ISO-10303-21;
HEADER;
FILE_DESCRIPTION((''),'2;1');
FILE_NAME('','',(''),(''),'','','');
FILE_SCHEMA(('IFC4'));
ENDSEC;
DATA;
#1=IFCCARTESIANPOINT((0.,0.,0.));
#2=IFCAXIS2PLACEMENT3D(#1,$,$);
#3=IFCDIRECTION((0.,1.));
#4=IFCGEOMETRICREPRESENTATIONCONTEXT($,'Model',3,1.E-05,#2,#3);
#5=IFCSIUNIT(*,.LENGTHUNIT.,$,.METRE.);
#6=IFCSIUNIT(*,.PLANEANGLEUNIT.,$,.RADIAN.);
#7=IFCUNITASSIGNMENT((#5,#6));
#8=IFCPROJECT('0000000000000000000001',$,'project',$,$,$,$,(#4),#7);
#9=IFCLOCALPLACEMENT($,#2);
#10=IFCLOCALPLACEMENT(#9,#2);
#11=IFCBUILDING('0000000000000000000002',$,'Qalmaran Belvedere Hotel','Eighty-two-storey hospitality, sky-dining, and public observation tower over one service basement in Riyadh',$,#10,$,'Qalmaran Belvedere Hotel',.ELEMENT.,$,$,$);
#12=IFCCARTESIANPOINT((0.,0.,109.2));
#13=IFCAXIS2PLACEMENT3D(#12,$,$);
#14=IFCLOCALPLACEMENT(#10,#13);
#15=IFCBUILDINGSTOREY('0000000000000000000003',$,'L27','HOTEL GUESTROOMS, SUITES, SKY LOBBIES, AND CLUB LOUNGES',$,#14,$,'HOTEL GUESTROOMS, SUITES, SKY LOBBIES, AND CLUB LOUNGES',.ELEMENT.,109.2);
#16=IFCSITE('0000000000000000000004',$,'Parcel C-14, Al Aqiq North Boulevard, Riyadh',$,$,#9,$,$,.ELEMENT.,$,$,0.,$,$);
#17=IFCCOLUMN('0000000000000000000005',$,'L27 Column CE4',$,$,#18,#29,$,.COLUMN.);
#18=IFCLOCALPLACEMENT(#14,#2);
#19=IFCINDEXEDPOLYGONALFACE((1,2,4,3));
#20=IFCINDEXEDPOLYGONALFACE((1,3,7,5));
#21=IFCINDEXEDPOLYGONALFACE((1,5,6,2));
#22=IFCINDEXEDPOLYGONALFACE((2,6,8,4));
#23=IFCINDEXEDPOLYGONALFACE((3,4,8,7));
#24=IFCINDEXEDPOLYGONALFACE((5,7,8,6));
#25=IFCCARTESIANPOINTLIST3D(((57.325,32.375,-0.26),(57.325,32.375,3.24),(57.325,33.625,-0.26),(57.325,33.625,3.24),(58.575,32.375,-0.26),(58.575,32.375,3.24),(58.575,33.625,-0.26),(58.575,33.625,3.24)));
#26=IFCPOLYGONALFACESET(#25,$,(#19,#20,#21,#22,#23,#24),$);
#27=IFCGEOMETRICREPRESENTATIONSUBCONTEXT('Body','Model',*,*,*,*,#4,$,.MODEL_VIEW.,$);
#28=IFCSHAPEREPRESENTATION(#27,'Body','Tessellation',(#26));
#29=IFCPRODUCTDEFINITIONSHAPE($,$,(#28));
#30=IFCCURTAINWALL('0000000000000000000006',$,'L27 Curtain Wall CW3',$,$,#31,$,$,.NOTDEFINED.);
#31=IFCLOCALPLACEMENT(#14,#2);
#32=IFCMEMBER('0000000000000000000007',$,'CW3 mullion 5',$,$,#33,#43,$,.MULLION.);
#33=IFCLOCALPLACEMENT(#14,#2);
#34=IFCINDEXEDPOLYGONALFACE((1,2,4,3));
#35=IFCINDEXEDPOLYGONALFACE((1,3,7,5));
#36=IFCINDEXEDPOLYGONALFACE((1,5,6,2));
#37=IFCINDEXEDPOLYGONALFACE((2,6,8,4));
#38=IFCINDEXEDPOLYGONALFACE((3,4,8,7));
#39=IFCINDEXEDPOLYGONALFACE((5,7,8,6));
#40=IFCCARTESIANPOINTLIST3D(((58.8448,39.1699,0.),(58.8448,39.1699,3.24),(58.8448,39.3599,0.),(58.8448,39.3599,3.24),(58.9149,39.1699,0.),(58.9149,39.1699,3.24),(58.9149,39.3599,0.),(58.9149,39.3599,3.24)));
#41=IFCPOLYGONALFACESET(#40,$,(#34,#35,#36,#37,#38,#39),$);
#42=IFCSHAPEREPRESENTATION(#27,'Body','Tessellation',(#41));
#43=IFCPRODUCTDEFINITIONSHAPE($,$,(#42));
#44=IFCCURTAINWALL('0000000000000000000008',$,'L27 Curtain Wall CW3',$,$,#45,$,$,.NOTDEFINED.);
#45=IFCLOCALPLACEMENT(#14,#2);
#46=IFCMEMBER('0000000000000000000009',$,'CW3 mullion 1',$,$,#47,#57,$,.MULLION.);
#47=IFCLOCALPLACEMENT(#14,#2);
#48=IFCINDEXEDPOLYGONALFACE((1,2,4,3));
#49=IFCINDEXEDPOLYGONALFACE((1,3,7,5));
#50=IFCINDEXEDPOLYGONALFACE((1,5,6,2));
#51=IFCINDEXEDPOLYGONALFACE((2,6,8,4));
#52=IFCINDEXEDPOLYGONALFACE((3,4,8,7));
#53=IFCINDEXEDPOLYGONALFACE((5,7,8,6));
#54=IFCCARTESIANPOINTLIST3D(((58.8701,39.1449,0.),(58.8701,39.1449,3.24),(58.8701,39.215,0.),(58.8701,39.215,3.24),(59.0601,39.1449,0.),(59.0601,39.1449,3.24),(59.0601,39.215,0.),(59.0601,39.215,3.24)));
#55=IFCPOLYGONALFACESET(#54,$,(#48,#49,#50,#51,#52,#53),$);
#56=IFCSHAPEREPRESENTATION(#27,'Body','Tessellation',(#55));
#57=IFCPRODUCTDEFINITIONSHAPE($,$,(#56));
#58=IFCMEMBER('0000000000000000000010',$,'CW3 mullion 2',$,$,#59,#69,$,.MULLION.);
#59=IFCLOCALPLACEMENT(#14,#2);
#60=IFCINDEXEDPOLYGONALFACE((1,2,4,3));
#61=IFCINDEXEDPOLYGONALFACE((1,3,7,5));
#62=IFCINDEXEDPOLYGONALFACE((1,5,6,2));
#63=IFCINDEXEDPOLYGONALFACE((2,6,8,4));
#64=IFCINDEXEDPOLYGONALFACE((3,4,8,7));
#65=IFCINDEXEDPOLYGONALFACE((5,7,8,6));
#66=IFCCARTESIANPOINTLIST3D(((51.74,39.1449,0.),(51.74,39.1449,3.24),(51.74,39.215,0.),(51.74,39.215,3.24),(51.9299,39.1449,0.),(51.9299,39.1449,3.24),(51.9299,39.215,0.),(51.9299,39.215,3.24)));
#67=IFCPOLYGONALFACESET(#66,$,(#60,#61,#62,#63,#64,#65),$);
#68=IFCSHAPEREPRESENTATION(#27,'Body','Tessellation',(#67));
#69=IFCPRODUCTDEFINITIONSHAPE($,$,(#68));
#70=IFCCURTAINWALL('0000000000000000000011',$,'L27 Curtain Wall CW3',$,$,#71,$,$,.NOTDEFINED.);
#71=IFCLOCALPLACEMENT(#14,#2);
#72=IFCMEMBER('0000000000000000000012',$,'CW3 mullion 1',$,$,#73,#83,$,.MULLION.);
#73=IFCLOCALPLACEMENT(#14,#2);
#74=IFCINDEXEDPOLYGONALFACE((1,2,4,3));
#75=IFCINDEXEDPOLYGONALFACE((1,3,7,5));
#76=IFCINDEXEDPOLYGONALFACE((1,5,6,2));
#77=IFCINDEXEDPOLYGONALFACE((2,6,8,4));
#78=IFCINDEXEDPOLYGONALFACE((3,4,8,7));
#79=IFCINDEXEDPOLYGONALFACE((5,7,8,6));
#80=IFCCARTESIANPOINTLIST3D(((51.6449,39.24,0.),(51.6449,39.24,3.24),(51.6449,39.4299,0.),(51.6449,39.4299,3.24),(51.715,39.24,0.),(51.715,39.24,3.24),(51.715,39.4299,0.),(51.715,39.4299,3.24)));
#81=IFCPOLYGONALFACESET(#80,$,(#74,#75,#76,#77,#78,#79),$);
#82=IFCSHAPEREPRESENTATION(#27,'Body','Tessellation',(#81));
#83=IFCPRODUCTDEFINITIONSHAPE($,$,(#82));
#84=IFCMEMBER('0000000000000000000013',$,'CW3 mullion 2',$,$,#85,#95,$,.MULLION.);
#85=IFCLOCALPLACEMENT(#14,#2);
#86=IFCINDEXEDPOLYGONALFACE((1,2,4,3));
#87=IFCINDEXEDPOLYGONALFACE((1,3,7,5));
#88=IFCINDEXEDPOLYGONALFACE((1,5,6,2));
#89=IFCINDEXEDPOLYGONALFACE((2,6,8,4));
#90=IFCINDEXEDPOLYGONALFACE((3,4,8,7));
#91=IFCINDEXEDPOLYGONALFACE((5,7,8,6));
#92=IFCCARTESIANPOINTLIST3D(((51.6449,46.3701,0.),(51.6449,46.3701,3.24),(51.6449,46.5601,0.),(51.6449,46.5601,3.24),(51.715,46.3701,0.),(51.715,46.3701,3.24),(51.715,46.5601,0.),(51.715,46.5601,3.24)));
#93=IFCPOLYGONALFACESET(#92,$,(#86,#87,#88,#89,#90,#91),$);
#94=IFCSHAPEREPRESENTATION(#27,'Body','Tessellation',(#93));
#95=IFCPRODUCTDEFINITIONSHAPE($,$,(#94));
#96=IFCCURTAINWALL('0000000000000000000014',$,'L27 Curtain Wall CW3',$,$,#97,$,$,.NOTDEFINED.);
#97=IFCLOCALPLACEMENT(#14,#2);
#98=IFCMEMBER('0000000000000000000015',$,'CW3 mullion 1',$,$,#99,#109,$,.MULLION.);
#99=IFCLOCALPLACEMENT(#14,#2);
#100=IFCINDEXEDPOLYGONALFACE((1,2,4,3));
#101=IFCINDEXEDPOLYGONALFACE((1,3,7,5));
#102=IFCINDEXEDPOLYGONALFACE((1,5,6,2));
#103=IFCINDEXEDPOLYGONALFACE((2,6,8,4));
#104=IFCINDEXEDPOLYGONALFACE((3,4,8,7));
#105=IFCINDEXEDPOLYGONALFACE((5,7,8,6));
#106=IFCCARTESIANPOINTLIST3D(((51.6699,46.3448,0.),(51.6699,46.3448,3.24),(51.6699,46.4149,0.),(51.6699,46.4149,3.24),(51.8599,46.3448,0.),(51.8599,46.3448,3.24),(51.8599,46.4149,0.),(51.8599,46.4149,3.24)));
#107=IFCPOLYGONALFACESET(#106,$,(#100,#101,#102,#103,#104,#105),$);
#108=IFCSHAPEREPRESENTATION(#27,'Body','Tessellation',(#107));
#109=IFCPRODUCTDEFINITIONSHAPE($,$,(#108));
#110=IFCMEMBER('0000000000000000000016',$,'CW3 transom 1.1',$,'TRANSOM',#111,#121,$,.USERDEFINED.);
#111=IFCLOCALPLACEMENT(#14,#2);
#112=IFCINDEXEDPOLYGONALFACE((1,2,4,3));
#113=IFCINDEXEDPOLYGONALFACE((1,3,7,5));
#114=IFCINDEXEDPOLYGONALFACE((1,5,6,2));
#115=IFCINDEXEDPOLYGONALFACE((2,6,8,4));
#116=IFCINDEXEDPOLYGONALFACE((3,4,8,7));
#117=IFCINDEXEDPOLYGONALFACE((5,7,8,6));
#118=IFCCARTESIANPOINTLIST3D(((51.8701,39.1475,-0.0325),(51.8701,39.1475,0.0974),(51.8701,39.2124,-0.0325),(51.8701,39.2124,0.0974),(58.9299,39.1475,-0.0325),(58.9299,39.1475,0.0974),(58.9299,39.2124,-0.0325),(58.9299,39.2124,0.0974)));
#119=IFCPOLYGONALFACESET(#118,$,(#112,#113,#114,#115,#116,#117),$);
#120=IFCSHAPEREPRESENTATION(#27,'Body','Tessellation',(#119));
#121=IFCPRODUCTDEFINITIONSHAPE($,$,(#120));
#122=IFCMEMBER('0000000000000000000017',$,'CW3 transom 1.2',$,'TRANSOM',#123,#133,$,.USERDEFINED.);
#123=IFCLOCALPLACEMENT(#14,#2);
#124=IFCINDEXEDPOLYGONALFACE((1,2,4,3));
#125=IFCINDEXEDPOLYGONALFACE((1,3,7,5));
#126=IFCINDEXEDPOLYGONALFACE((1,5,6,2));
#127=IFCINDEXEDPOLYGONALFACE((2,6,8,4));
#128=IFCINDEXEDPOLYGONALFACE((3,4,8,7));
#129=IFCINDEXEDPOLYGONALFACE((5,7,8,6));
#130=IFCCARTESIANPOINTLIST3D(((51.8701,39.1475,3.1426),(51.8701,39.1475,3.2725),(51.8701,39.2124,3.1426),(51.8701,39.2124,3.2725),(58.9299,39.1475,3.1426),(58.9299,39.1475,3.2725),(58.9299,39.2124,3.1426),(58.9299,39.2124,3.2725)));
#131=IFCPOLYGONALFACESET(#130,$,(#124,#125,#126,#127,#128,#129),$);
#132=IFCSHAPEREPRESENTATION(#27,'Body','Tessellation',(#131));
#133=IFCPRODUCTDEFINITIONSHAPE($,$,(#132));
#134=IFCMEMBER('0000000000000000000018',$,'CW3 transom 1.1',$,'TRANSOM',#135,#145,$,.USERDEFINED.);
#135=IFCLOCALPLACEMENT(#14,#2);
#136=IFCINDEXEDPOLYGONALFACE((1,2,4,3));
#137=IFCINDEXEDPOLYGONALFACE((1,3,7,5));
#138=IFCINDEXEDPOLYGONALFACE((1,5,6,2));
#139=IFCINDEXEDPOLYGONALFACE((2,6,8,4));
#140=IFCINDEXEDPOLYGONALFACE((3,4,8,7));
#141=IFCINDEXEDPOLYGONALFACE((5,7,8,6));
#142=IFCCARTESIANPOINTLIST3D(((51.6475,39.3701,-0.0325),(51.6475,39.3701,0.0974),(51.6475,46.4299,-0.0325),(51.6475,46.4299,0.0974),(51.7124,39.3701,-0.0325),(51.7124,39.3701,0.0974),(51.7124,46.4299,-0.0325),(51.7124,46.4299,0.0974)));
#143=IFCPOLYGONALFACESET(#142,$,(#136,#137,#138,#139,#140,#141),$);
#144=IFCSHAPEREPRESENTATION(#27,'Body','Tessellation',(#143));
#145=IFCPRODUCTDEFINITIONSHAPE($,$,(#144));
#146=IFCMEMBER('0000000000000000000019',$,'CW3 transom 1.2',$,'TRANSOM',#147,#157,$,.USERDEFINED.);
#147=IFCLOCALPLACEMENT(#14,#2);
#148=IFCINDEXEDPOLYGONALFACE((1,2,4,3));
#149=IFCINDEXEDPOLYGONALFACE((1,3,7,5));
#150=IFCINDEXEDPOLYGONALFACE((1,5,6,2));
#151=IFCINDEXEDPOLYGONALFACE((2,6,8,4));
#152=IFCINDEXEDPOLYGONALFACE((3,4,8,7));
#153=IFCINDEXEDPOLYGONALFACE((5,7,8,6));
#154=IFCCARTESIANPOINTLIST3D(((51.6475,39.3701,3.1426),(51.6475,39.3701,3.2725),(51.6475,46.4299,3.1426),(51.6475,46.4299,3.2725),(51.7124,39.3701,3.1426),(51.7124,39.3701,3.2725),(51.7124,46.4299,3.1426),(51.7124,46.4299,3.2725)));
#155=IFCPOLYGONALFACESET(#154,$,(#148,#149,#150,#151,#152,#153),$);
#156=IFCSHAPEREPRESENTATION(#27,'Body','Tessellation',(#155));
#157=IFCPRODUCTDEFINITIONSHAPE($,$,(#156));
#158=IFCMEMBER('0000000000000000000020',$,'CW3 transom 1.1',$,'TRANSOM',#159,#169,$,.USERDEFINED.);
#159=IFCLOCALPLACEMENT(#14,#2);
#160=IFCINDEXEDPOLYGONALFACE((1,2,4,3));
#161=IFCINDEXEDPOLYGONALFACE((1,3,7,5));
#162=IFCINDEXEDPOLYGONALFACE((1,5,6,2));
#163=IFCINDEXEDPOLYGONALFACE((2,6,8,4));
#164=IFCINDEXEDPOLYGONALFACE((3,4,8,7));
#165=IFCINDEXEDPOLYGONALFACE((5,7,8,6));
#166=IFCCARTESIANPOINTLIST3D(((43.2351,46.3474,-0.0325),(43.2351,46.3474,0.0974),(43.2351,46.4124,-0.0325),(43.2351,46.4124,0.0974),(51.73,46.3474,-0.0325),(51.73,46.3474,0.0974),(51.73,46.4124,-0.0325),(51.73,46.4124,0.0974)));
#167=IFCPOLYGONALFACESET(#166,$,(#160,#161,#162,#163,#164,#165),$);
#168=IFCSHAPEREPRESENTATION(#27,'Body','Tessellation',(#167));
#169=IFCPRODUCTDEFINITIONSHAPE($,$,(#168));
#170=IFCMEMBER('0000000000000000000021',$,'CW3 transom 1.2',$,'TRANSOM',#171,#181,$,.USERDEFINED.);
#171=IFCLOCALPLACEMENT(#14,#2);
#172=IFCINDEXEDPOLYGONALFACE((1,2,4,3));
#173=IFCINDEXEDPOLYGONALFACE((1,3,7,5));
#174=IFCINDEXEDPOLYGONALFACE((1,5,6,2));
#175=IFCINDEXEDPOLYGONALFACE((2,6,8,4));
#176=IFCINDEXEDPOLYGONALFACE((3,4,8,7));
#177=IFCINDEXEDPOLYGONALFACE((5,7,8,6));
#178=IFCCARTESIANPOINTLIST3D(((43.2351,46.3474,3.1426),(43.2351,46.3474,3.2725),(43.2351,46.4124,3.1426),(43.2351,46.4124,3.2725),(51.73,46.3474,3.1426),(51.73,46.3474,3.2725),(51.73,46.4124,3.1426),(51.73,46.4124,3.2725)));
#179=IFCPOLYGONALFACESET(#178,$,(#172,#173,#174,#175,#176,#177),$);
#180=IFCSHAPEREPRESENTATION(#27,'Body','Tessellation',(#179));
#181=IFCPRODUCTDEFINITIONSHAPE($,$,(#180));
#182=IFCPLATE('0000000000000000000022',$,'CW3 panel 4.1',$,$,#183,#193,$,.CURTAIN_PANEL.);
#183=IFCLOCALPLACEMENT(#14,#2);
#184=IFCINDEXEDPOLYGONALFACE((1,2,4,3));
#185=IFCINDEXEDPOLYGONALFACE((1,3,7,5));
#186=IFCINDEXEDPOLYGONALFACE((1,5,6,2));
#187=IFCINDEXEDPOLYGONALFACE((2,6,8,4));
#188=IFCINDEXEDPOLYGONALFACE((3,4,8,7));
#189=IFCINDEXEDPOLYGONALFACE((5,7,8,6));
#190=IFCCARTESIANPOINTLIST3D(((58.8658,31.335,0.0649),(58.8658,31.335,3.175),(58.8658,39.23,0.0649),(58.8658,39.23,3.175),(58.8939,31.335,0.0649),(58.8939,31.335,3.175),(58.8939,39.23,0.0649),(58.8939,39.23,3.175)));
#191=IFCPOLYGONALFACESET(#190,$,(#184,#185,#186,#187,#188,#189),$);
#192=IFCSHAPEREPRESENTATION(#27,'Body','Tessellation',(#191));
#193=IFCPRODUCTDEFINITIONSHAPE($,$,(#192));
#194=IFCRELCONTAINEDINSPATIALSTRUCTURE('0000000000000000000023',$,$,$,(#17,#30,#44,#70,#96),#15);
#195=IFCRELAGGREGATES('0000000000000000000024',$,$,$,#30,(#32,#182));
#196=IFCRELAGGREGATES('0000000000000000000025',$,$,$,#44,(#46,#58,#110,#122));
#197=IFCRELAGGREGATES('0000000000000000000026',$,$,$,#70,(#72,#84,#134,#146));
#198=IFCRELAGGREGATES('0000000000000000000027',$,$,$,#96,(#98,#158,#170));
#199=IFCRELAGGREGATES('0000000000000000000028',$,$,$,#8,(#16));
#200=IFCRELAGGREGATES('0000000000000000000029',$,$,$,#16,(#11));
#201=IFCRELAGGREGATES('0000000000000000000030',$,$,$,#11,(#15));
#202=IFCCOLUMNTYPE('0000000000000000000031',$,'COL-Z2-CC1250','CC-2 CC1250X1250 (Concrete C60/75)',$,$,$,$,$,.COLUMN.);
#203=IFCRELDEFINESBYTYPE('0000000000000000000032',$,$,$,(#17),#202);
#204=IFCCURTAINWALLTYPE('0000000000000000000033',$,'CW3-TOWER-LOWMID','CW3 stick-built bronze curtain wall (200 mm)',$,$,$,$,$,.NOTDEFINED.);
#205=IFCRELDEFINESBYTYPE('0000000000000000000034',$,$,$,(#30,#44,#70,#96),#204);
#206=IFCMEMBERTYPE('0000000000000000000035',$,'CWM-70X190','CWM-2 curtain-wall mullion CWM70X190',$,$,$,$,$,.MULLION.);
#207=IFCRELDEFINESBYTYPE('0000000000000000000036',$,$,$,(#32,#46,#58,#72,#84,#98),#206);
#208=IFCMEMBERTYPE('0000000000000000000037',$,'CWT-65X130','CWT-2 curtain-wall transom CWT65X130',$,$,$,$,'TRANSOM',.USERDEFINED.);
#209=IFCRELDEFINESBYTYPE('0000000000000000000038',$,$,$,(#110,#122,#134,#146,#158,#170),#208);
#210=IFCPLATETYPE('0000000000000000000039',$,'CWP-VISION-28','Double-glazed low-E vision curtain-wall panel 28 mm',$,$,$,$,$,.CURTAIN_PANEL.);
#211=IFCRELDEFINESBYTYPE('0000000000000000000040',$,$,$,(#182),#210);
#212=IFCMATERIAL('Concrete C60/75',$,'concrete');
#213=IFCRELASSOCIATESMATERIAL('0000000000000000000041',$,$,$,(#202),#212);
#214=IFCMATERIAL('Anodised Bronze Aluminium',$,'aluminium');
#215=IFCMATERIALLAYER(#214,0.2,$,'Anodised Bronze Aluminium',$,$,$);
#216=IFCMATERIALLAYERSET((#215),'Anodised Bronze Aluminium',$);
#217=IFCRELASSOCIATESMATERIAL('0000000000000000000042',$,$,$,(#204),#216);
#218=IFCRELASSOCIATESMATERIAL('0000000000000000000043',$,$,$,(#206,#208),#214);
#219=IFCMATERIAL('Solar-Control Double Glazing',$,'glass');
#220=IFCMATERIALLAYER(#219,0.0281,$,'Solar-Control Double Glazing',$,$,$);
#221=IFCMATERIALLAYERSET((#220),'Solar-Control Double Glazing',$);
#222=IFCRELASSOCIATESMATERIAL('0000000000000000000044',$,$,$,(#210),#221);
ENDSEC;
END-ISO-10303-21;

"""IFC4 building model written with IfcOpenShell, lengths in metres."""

from ifc_helpers import new_model, si_unit, direction, frame, origin, origin_2d, place, context, subcontext, project, spatial, rectangle, extrude, material, layer, layer_set, material_profile, profile_set, type_object, element, aggregate, save


model = new_model("IFC4")

# Units and contexts
model_context = context("Model", 3, precision=1e-05, world=origin(), true_north=direction((0.0, 1.0)))
body_context = subcontext(model_context, "Body", "Model", "MODEL_VIEW")
ifc_project = project(units=[si_unit("LENGTHUNIT", "METRE"), si_unit("PLANEANGLEUNIT", "RADIAN")], contexts=[model_context])

# Site, building, storey
site_placement = place(None, origin())
site = spatial("IfcSite", under=ifc_project, at=site_placement, Name="Parcel C-14, Al Aqiq North Boulevard, Riyadh", CompositionType="ELEMENT", RefElevation=0.0)
building_placement = place(site_placement, origin())
building = spatial("IfcBuilding", under=site, at=building_placement, Name="Qalmaran Belvedere Hotel", Description="Eighty-two-storey hospitality, sky-dining, and public observation tower over one service basement in Riyadh", LongName="Qalmaran Belvedere Hotel", CompositionType="ELEMENT")
storey_placement = place(building_placement, frame((0.0, 0.0, 109.2)))
storey = spatial("IfcBuildingStorey", under=building, at=storey_placement, Name="L27", Description="HOTEL GUESTROOMS, SUITES, SKY LOBBIES, AND CLUB LOUNGES", LongName="HOTEL GUESTROOMS, SUITES, SKY LOBBIES, AND CLUB LOUNGES", CompositionType="ELEMENT", Elevation=109.2)

# Column
ifc_material_1 = material(Name="Concrete C60/75", Category="concrete")
ifc_material_profile_1 = material_profile(ifc_material_1, rectangle(XDim=1.25, YDim=1.25, at=origin_2d()), Name="CC1250X1250")
ifc_profile_set_1 = profile_set([ifc_material_profile_1], Name="Concrete C60/75")
column_type = type_object("IfcColumnType", Name="COL-Z2-CC1250", Description="CC-2 CC1250X1250 (Concrete C60/75)", PredefinedType="COLUMN", material=ifc_profile_set_1)
column_placement = place(storey_placement, frame((57.95, 33.0, -0.26), z_axis=(0.0, 0.0, 1.0), x_axis=(1.0, 0.0, 0.0)))
element("IfcColumn", 1, at=column_placement, inside=storey, type_object=column_type, Name="L27 Column CE4", PredefinedType="COLUMN", context=body_context, shape_type="SweptSolid", body=[
    extrude(rectangle(XDim=1.25, YDim=1.25, at=origin_2d()), origin(), (0.0, 0.0, 1.0), 3.5),
])

# Curtain wall, member
ifc_material_2 = material(Name="Anodised Bronze Aluminium", Category="aluminium")
ifc_layer_1 = layer(ifc_material_2, 0.2, Name="Anodised Bronze Aluminium")
ifc_layer_set_1 = layer_set([ifc_layer_1], Name="Anodised Bronze Aluminium")
curtain_wall_type = type_object("IfcCurtainWallType", Name="CW3-TOWER-LOWMID", Description="CW3 stick-built bronze curtain wall (200 mm)", PredefinedType="NOTDEFINED", material=ifc_layer_set_1)
curtain_wall_1_placement = place(storey_placement, origin())
curtain_wall_1 = element("IfcCurtainWall", 2, at=curtain_wall_1_placement, inside=storey, type_object=curtain_wall_type, Name="L27 Curtain Wall CW3", PredefinedType="NOTDEFINED")
ifc_material_profile_2 = material_profile(ifc_material_2, rectangle(XDim=0.0701, YDim=0.1899, at=origin_2d()), Name="CWM70X190")
ifc_profile_set_2 = profile_set([ifc_material_profile_2], Name="Anodised Bronze Aluminium")
member_type_1 = type_object("IfcMemberType", Name="CWM-70X190", Description="CWM-2 curtain-wall mullion CWM70X190", PredefinedType="MULLION", material=ifc_profile_set_2)
member_1_placement = place(storey_placement, frame((58.8799, 39.2649, 0.0), z_axis=(0.0, 0.0, 1.0), x_axis=(-1.0, 0.0, 0.0)))
member_1 = element("IfcMember", 3, at=member_1_placement, type_object=member_type_1, Name="CW3 mullion 5", PredefinedType="MULLION", context=body_context, shape_type="SweptSolid", body=[
    extrude(rectangle(XDim=0.0701, YDim=0.1899, at=origin_2d()), origin(), (0.0, 0.0, 1.0), 3.24),
])

# Curtain walls, members
curtain_wall_2_placement = place(storey_placement, origin())
curtain_wall_2 = element("IfcCurtainWall", 4, at=curtain_wall_2_placement, inside=storey, type_object=curtain_wall_type, Name="L27 Curtain Wall CW3", PredefinedType="NOTDEFINED")
member_2_placement = place(storey_placement, frame((58.9651, 39.1799, 0.0), z_axis=(0.0, 0.0, 1.0), x_axis=(0.0, -1.0, 0.0)))
member_2 = element("IfcMember", 5, at=member_2_placement, type_object=member_type_1, Name="CW3 mullion 1", PredefinedType="MULLION", context=body_context, shape_type="SweptSolid", body=[
    extrude(rectangle(XDim=0.0701, YDim=0.1899, at=origin_2d()), origin(), (0.0, 0.0, 1.0), 3.24),
])
member_3_placement = place(storey_placement, frame((51.835, 39.1799, 0.0), z_axis=(0.0, 0.0, 1.0), x_axis=(0.0, -1.0, 0.0)))
member_3 = element("IfcMember", 6, at=member_3_placement, type_object=member_type_1, Name="CW3 mullion 2", PredefinedType="MULLION", context=body_context, shape_type="SweptSolid", body=[
    extrude(rectangle(XDim=0.0701, YDim=0.1899, at=origin_2d()), origin(), (0.0, 0.0, 1.0), 3.24),
])
curtain_wall_3_placement = place(storey_placement, origin())
curtain_wall_3 = element("IfcCurtainWall", 7, at=curtain_wall_3_placement, inside=storey, type_object=curtain_wall_type, Name="L27 Curtain Wall CW3", PredefinedType="NOTDEFINED")
member_4_placement = place(storey_placement, frame((51.6799, 39.335, 0.0), z_axis=(0.0, 0.0, 1.0), x_axis=(-1.0, 0.0, 0.0)))
member_4 = element("IfcMember", 8, at=member_4_placement, type_object=member_type_1, Name="CW3 mullion 1", PredefinedType="MULLION", context=body_context, shape_type="SweptSolid", body=[
    extrude(rectangle(XDim=0.0701, YDim=0.1899, at=origin_2d()), origin(), (0.0, 0.0, 1.0), 3.24),
])
member_5_placement = place(storey_placement, frame((51.6799, 46.4651, 0.0), z_axis=(0.0, 0.0, 1.0), x_axis=(-1.0, 0.0, 0.0)))
member_5 = element("IfcMember", 9, at=member_5_placement, type_object=member_type_1, Name="CW3 mullion 2", PredefinedType="MULLION", context=body_context, shape_type="SweptSolid", body=[
    extrude(rectangle(XDim=0.0701, YDim=0.1899, at=origin_2d()), origin(), (0.0, 0.0, 1.0), 3.24),
])

# Curtain wall, member
curtain_wall_4_placement = place(storey_placement, origin())
curtain_wall_4 = element("IfcCurtainWall", 10, at=curtain_wall_4_placement, inside=storey, type_object=curtain_wall_type, Name="L27 Curtain Wall CW3", PredefinedType="NOTDEFINED")
member_6_placement = place(storey_placement, frame((51.7649, 46.3799, 0.0), z_axis=(0.0, 0.0, 1.0), x_axis=(0.0, -1.0, 0.0)))
member_6 = element("IfcMember", 11, at=member_6_placement, type_object=member_type_1, Name="CW3 mullion 1", PredefinedType="MULLION", context=body_context, shape_type="SweptSolid", body=[
    extrude(rectangle(XDim=0.0701, YDim=0.1899, at=origin_2d()), origin(), (0.0, 0.0, 1.0), 3.24),
])

# Members
ifc_material_profile_3 = material_profile(ifc_material_2, rectangle(XDim=0.0649, YDim=0.1299, at=origin_2d()), Name="CWT65X130")
ifc_profile_set_3 = profile_set([ifc_material_profile_3], Name="Anodised Bronze Aluminium")
member_type_2 = type_object("IfcMemberType", Name="CWT-65X130", Description="CWT-2 curtain-wall transom CWT65X130", ElementType="TRANSOM", PredefinedType="USERDEFINED", material=ifc_profile_set_3)
member_7_placement = place(storey_placement, frame((58.9299, 39.1799, 0.0325), z_axis=(-1.0, 0.0, 0.0), x_axis=(0.0, -1.0, 0.0)))
member_7 = element("IfcMember", 12, at=member_7_placement, type_object=member_type_2, Name="CW3 transom 1.1", ObjectType="TRANSOM", PredefinedType="USERDEFINED", context=body_context, shape_type="SweptSolid", body=[
    extrude(rectangle(XDim=0.0649, YDim=0.1299, at=origin_2d()), origin(), (0.0, 0.0, 1.0), 7.0598),
])
member_8_placement = place(storey_placement, frame((58.9299, 39.1799, 3.2075), z_axis=(-1.0, 0.0, 0.0), x_axis=(0.0, -1.0, 0.0)))
member_8 = element("IfcMember", 13, at=member_8_placement, type_object=member_type_2, Name="CW3 transom 1.2", ObjectType="TRANSOM", PredefinedType="USERDEFINED", context=body_context, shape_type="SweptSolid", body=[
    extrude(rectangle(XDim=0.0649, YDim=0.1299, at=origin_2d()), origin(), (0.0, 0.0, 1.0), 7.0598),
])
member_9_placement = place(storey_placement, frame((51.6799, 39.3701, 0.0325), z_axis=(0.0, 1.0, 0.0), x_axis=(-1.0, 0.0, 0.0)))
member_9 = element("IfcMember", 14, at=member_9_placement, type_object=member_type_2, Name="CW3 transom 1.1", ObjectType="TRANSOM", PredefinedType="USERDEFINED", context=body_context, shape_type="SweptSolid", body=[
    extrude(rectangle(XDim=0.0649, YDim=0.1299, at=origin_2d()), origin(), (0.0, 0.0, 1.0), 7.0598),
])
member_10_placement = place(storey_placement, frame((51.6799, 39.3701, 3.2075), z_axis=(0.0, 1.0, 0.0), x_axis=(-1.0, 0.0, 0.0)))
member_10 = element("IfcMember", 15, at=member_10_placement, type_object=member_type_2, Name="CW3 transom 1.2", ObjectType="TRANSOM", PredefinedType="USERDEFINED", context=body_context, shape_type="SweptSolid", body=[
    extrude(rectangle(XDim=0.0649, YDim=0.1299, at=origin_2d()), origin(), (0.0, 0.0, 1.0), 7.0598),
])
member_11_placement = place(storey_placement, frame((51.73, 46.3799, 0.0325), z_axis=(-1.0, 0.0, 0.0), x_axis=(0.0, -1.0, 0.0)))
member_11 = element("IfcMember", 16, at=member_11_placement, type_object=member_type_2, Name="CW3 transom 1.1", ObjectType="TRANSOM", PredefinedType="USERDEFINED", context=body_context, shape_type="SweptSolid", body=[
    extrude(rectangle(XDim=0.0649, YDim=0.1299, at=origin_2d()), origin(), (0.0, 0.0, 1.0), 8.4949),
])
member_12_placement = place(storey_placement, frame((51.73, 46.3799, 3.2075), z_axis=(-1.0, 0.0, 0.0), x_axis=(0.0, -1.0, 0.0)))
member_12 = element("IfcMember", 17, at=member_12_placement, type_object=member_type_2, Name="CW3 transom 1.2", ObjectType="TRANSOM", PredefinedType="USERDEFINED", context=body_context, shape_type="SweptSolid", body=[
    extrude(rectangle(XDim=0.0649, YDim=0.1299, at=origin_2d()), origin(), (0.0, 0.0, 1.0), 8.4949),
])

# Plate
ifc_material_3 = material(Name="Solar-Control Double Glazing", Category="glass")
ifc_layer_2 = layer(ifc_material_3, 0.0281, Name="Solar-Control Double Glazing")
ifc_layer_set_2 = layer_set([ifc_layer_2], Name="Solar-Control Double Glazing")
plate_type = type_object("IfcPlateType", Name="CWP-VISION-28", Description="Double-glazed low-E vision curtain-wall panel 28 mm", PredefinedType="CURTAIN_PANEL", material=ifc_layer_set_2)
plate_1_placement = place(storey_placement, frame((58.8799, 35.2825, 0.0649), z_axis=(0.0, 0.0, 1.0), x_axis=(0.0, 1.0, 0.0)))
plate_1 = element("IfcPlate", 18, at=plate_1_placement, type_object=plate_type, Name="CW3 panel 4.1", PredefinedType="CURTAIN_PANEL", context=body_context, shape_type="SweptSolid", body=[
    extrude(rectangle(XDim=7.895, YDim=0.0281, at=origin_2d()), origin(), (0.0, 0.0, 1.0), 3.1101),
])
aggregate(curtain_wall_1, [member_1, plate_1])
aggregate(curtain_wall_2, [member_2, member_3, member_7, member_8])
aggregate(curtain_wall_3, [member_4, member_5, member_9, member_10])
aggregate(curtain_wall_4, [member_6, member_11, member_12])

save(model, "model.ifc")
